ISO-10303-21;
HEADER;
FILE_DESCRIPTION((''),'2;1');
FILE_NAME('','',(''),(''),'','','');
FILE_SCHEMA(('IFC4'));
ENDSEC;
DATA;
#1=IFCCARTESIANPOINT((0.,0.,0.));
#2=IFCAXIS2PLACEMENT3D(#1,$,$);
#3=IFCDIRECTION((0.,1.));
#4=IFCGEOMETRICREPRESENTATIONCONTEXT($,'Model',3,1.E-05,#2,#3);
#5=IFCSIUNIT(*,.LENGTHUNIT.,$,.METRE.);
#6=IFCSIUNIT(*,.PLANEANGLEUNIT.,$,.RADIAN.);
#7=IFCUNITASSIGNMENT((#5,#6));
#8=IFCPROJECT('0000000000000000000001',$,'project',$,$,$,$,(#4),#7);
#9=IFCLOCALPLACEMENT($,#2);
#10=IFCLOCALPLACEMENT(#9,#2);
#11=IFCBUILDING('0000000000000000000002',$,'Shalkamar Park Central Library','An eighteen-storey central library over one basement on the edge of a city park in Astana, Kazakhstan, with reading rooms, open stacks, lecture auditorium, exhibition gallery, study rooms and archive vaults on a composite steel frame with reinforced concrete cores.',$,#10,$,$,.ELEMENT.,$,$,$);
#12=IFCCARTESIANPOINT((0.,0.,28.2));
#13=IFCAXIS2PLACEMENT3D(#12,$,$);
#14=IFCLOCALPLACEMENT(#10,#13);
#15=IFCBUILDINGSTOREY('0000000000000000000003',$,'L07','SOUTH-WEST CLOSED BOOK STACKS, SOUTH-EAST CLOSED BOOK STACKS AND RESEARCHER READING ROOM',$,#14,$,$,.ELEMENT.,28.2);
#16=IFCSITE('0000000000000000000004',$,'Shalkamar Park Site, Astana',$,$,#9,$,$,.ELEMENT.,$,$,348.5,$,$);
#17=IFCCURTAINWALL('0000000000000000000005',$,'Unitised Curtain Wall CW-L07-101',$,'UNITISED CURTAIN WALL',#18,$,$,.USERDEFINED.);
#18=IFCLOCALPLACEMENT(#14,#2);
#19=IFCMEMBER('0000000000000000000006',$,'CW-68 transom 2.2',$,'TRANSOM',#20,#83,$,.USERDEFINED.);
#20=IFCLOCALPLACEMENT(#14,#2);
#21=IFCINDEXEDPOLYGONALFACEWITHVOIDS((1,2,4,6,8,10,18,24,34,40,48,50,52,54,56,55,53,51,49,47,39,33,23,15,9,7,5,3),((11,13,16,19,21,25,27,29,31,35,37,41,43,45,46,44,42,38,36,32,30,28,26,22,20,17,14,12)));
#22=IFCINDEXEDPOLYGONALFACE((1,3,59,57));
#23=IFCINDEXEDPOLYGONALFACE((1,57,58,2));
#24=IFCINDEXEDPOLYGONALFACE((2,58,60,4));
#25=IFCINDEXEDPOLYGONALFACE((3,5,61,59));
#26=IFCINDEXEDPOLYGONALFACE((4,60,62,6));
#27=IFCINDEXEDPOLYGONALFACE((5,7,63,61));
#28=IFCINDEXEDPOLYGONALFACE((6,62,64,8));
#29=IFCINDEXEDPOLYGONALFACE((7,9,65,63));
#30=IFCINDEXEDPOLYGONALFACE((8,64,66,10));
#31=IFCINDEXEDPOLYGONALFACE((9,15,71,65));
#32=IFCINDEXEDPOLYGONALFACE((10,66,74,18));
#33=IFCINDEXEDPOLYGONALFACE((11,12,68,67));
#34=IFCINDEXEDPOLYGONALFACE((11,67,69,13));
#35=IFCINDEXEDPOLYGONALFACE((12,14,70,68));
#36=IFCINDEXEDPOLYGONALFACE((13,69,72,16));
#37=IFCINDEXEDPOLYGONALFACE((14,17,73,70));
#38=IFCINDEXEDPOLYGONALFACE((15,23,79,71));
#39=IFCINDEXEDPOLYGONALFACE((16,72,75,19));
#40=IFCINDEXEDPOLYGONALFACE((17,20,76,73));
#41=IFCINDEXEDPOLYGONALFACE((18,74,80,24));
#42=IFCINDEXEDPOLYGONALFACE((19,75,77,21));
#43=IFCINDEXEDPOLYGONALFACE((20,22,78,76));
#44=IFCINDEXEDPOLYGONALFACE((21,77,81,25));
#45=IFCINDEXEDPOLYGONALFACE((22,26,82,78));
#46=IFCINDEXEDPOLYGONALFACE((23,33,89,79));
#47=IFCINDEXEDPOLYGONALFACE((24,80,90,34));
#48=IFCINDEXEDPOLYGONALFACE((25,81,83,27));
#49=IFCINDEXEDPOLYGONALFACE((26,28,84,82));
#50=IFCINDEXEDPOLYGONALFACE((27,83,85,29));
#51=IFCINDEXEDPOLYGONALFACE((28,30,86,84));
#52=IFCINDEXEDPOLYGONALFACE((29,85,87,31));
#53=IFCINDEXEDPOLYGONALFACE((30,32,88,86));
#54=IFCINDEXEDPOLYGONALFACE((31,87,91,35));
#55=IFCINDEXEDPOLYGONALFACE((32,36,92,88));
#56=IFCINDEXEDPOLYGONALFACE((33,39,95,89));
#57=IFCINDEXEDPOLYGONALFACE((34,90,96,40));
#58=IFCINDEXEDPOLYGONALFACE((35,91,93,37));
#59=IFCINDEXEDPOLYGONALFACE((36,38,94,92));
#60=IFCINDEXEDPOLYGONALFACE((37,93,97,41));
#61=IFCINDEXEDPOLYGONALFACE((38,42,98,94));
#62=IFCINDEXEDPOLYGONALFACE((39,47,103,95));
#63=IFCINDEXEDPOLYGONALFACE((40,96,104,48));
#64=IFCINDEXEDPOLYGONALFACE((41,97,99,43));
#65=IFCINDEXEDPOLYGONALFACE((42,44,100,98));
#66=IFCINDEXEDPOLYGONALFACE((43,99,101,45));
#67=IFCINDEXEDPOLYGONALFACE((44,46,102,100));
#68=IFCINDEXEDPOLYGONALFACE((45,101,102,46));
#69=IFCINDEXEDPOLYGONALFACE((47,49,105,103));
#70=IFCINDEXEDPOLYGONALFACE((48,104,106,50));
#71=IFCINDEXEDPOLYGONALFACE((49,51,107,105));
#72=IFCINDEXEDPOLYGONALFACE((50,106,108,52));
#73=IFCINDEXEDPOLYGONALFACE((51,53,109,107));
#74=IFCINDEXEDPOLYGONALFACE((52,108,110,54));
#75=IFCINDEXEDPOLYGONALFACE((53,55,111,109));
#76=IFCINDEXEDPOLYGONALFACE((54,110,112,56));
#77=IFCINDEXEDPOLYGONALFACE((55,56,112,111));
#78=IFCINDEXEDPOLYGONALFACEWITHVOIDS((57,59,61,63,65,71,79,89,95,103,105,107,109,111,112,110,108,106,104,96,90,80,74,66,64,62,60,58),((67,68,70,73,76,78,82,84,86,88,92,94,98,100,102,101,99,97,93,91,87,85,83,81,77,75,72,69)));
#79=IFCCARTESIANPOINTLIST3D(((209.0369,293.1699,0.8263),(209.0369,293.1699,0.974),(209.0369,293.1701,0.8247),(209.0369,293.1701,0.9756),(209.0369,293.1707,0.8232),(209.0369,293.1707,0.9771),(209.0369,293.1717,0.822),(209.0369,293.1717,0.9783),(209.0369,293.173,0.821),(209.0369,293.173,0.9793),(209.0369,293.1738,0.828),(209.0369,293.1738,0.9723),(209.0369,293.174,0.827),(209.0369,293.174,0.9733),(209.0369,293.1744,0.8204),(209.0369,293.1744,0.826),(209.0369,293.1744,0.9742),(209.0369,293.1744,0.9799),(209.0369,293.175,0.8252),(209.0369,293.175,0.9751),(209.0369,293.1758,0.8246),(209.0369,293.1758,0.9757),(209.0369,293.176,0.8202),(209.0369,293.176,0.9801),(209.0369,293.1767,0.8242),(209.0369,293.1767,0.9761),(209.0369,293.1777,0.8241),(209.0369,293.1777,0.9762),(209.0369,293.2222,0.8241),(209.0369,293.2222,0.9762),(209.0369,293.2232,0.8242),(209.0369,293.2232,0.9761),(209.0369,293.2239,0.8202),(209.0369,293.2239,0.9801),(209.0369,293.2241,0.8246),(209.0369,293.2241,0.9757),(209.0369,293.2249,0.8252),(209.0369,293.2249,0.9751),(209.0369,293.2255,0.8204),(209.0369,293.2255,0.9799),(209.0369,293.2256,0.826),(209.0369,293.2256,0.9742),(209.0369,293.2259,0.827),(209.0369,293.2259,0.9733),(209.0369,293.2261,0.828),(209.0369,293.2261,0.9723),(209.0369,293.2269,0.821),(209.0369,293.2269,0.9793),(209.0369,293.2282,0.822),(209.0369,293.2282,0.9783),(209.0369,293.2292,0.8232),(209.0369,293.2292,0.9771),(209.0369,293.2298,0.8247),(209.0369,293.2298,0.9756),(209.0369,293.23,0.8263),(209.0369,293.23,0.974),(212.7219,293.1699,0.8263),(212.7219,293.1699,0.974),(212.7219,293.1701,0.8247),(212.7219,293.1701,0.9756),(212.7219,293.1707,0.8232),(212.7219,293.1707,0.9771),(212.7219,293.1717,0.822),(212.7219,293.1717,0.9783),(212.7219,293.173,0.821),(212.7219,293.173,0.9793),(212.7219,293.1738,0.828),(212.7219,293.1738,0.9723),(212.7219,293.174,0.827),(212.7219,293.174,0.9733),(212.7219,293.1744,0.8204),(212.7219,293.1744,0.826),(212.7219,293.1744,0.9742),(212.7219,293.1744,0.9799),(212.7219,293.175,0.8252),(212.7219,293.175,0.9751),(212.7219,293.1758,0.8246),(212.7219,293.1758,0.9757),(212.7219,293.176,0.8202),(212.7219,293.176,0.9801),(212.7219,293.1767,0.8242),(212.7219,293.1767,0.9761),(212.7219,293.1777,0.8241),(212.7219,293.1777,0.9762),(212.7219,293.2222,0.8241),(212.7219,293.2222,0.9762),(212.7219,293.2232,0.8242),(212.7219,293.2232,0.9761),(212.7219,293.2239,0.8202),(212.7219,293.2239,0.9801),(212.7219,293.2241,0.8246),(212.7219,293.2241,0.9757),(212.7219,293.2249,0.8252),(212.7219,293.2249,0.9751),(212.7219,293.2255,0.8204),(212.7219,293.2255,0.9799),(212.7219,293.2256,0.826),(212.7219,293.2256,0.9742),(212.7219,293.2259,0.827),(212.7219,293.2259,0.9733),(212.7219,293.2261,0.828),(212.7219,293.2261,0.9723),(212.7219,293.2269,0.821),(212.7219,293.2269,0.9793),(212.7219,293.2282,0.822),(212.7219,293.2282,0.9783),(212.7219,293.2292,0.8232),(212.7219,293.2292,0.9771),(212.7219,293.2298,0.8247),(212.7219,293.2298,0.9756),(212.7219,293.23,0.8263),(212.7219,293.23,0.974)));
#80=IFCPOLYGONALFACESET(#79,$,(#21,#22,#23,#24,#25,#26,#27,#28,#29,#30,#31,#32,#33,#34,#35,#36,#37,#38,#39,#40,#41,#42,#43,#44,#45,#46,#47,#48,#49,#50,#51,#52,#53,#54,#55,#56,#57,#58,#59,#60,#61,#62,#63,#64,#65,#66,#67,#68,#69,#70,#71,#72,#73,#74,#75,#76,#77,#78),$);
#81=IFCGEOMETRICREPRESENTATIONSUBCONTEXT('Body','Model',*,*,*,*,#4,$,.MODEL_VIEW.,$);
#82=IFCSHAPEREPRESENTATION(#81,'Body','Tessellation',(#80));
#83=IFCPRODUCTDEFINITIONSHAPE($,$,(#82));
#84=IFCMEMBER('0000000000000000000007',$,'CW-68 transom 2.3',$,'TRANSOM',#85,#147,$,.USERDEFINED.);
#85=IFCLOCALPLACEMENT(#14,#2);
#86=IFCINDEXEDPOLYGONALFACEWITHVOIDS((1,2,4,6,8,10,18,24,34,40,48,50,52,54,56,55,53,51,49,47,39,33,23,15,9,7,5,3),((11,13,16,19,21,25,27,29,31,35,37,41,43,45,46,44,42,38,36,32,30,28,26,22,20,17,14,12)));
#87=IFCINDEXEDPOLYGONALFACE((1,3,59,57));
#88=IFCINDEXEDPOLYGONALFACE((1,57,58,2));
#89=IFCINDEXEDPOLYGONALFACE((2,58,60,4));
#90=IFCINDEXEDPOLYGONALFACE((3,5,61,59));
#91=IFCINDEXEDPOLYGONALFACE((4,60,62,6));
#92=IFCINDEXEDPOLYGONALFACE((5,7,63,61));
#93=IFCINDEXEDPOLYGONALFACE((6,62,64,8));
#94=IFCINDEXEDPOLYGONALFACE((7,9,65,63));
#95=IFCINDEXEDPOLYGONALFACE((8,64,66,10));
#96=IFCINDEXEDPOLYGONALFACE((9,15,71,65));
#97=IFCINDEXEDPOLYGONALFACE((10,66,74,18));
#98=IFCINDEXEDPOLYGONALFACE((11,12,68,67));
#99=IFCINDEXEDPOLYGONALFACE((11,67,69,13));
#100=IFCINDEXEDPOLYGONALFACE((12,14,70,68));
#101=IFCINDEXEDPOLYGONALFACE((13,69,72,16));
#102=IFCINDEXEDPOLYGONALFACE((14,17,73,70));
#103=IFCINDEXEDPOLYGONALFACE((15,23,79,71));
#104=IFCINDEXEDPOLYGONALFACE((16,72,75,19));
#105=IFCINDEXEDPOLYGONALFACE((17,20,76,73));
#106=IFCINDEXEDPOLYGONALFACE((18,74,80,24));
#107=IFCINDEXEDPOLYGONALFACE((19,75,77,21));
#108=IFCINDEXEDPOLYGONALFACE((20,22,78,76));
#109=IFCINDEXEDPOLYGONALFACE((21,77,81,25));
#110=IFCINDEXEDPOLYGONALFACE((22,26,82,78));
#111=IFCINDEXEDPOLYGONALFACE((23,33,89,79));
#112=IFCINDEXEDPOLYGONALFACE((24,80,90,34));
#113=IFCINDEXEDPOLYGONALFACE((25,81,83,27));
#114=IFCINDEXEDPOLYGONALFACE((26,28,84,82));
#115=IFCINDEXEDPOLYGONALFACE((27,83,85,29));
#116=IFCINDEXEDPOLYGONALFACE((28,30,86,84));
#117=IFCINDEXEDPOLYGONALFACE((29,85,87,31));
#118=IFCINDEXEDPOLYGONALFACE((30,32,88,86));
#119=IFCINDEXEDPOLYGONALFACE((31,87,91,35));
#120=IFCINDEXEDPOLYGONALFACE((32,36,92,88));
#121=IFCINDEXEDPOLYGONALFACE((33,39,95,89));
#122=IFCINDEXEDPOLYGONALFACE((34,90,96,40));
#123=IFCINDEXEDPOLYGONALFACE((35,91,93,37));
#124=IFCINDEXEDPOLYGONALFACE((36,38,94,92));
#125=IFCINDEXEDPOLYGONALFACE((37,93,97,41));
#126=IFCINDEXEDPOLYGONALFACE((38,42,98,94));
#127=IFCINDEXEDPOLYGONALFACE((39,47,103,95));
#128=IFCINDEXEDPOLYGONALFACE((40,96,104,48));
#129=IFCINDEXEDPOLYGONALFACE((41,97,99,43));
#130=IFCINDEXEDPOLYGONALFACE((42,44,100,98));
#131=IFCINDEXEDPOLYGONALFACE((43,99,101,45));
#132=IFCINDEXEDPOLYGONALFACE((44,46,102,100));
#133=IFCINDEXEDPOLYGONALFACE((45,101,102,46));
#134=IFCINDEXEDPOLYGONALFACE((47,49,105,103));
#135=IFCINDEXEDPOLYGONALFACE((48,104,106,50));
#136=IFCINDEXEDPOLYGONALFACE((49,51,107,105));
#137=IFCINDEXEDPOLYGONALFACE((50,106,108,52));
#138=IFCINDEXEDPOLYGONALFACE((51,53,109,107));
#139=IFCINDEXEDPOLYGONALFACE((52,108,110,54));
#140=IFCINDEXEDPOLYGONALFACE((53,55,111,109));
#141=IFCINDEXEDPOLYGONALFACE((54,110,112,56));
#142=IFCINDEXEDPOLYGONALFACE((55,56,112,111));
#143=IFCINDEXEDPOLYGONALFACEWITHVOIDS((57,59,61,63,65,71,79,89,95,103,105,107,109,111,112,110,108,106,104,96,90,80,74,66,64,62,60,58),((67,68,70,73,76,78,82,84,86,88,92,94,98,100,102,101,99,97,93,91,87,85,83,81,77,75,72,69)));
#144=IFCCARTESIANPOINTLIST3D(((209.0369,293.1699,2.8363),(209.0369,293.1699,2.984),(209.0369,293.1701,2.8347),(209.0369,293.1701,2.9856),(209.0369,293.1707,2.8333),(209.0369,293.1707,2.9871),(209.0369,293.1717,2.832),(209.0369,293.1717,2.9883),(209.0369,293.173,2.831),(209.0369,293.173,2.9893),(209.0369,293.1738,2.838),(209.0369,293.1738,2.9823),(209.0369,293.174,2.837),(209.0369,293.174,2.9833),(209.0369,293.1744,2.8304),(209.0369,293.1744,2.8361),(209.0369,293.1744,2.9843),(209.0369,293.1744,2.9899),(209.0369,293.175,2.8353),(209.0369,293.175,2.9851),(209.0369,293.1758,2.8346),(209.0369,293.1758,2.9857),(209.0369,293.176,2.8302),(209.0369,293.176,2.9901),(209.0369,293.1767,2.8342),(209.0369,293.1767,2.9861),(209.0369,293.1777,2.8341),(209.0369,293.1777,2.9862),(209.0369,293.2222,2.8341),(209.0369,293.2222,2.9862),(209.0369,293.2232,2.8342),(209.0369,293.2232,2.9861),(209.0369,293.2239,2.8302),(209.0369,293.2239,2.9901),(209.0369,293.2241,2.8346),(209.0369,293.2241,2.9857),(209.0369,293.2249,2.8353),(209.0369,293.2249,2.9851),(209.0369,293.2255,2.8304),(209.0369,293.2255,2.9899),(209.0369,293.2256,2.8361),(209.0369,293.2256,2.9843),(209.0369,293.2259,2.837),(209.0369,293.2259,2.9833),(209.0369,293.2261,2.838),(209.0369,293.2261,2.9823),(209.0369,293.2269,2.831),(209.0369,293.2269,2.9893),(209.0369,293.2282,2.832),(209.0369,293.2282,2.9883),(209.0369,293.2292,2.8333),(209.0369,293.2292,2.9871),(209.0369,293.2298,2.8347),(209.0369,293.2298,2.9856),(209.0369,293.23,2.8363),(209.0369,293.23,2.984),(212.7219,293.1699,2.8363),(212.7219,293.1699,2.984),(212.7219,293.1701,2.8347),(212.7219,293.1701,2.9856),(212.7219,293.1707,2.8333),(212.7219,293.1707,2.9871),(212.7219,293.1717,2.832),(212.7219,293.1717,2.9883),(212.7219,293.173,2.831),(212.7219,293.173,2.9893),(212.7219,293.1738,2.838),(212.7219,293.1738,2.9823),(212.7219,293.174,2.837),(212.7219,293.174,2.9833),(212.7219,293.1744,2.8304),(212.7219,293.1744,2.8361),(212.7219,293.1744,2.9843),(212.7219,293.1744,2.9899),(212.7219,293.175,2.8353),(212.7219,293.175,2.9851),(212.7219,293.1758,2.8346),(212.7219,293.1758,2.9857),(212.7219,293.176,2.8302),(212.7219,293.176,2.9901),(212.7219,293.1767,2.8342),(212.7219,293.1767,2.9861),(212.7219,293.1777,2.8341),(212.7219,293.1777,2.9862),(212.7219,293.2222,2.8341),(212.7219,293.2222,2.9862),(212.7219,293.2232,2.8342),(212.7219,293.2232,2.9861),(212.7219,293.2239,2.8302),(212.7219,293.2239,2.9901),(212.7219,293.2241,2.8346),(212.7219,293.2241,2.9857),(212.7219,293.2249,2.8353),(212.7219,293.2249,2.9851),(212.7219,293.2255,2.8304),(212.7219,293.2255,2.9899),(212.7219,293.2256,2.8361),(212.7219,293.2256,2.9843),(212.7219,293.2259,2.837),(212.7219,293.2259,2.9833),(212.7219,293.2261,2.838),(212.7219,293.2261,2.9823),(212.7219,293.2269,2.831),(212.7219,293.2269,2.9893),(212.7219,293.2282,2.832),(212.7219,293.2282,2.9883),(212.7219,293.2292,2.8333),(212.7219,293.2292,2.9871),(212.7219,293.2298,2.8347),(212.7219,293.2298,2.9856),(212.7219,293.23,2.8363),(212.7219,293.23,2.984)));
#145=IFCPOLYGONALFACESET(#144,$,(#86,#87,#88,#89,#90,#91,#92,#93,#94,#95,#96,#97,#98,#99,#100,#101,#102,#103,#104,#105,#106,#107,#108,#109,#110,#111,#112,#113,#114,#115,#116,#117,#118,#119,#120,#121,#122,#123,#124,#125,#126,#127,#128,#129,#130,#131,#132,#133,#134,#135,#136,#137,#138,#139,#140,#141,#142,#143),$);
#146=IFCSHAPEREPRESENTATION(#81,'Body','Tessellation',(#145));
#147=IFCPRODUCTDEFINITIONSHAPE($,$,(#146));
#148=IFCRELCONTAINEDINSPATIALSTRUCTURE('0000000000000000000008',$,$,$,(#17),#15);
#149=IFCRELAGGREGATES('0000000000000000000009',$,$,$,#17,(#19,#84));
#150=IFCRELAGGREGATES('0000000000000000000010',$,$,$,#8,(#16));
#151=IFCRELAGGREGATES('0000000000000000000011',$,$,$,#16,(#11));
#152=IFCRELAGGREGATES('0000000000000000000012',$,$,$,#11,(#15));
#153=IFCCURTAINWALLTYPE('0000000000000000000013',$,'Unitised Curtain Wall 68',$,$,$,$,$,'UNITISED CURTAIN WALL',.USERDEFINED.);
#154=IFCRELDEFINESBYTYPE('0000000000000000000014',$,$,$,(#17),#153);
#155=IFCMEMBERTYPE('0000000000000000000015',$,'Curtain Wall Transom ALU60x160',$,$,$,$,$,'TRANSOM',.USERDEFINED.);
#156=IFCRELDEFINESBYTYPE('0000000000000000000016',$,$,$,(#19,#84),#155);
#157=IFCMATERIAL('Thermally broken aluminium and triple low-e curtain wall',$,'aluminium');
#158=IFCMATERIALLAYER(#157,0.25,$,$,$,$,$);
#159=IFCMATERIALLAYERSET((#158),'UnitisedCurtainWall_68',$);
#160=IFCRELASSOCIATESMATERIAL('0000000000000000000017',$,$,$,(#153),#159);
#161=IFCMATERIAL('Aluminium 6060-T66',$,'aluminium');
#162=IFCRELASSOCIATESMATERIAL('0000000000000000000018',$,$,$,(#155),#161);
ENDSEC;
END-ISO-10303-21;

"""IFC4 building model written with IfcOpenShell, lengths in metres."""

from ifc_helpers import new_model, si_unit, direction, frame, origin, origin_2d, place, context, subcontext, project, spatial, hollow_rectangle, extrude, material, layer, layer_set, material_profile, profile_set, type_object, element, aggregate, save


model = new_model("IFC4")

# Units and contexts
model_context = context("Model", 3, precision=1e-05, world=origin(), true_north=direction((0.0, 1.0)))
body_context = subcontext(model_context, "Body", "Model", "MODEL_VIEW")
ifc_project = project(units=[si_unit("LENGTHUNIT", "METRE"), si_unit("PLANEANGLEUNIT", "RADIAN")], contexts=[model_context])

# Site, building, storey
site_placement = place(None, origin())
site = spatial("IfcSite", under=ifc_project, at=site_placement, Name="Shalkamar Park Site, Astana", CompositionType="ELEMENT", RefElevation=348.5)
building_placement = place(site_placement, origin())
building = spatial("IfcBuilding", under=site, at=building_placement, Name="Shalkamar Park Central Library", Description="An eighteen-storey central library over one basement on the edge of a city park in Astana, Kazakhstan, with reading rooms, open stacks, lecture auditorium, exhibition gallery, study rooms and archive vaults on a composite steel frame with reinforced concrete cores.", CompositionType="ELEMENT")
storey_placement = place(building_placement, frame((0.0, 0.0, 28.2)))
storey = spatial("IfcBuildingStorey", under=building, at=storey_placement, Name="L07", Description="SOUTH-WEST CLOSED BOOK STACKS, SOUTH-EAST CLOSED BOOK STACKS AND RESEARCHER READING ROOM", CompositionType="ELEMENT", Elevation=28.2)

# Curtain wall
ifc_material_1 = material(Name="Thermally broken aluminium and triple low-e curtain wall", Category="aluminium")
ifc_layer_1 = layer(ifc_material_1, 0.25)
ifc_layer_set_1 = layer_set([ifc_layer_1], Name="UnitisedCurtainWall_68")
curtain_wall_type_1 = type_object("IfcCurtainWallType", Name="Unitised Curtain Wall 68", ElementType="UNITISED CURTAIN WALL", PredefinedType="USERDEFINED", material=ifc_layer_set_1)
curtain_wall_1_placement = place(storey_placement, origin())
curtain_wall_1 = element("IfcCurtainWall", 1, at=curtain_wall_1_placement, inside=storey, type_object=curtain_wall_type_1, Name="Unitised Curtain Wall CW-L07-101", ObjectType="UNITISED CURTAIN WALL", PredefinedType="USERDEFINED")
ifc_material_2 = material(Name="Aluminium 6060-T66", Category="aluminium")

# Members
ifc_material_profile_1 = material_profile(ifc_material_2, hollow_rectangle(XDim=0.0601, YDim=0.1599, WallThickness=0.0039, InnerFilletRadius=0.0039, OuterFilletRadius=0.0061, at=origin_2d()), Name="ALU 60x160x4")
ifc_profile_set_1 = profile_set([ifc_material_profile_1], Name="Aluminium 6060-T66")
member_type_1 = type_object("IfcMemberType", Name="Curtain Wall Transom ALU60x160", ElementType="TRANSOM", PredefinedType="USERDEFINED", material=ifc_profile_set_1)
member_1_placement = place(storey_placement, frame((209.0369, 293.2, 0.9001), z_axis=(1.0, 0.0, 0.0), x_axis=(0.0, 1.0, 0.0)))
member_1 = element("IfcMember", 2, at=member_1_placement, type_object=member_type_1, Name="CW-68 transom 2.2", ObjectType="TRANSOM", PredefinedType="USERDEFINED", context=body_context, shape_type="SweptSolid", body=[
    extrude(hollow_rectangle(XDim=0.0601, YDim=0.1599, WallThickness=0.0039, InnerFilletRadius=0.0039, OuterFilletRadius=0.0061, at=origin_2d()), origin(), (0.0, 0.0, 1.0), 3.6851),
])
member_2_placement = place(storey_placement, frame((209.0369, 293.2, 2.9102), z_axis=(1.0, 0.0, 0.0), x_axis=(0.0, 1.0, 0.0)))
member_2 = element("IfcMember", 3, at=member_2_placement, type_object=member_type_1, Name="CW-68 transom 2.3", ObjectType="TRANSOM", PredefinedType="USERDEFINED", context=body_context, shape_type="SweptSolid", body=[
    extrude(hollow_rectangle(XDim=0.0601, YDim=0.1599, WallThickness=0.0039, InnerFilletRadius=0.0039, OuterFilletRadius=0.0061, at=origin_2d()), origin(), (0.0, 0.0, 1.0), 3.6851),
])

aggregate(curtain_wall_1, [member_1, member_2])

save(model, "model.ifc")
